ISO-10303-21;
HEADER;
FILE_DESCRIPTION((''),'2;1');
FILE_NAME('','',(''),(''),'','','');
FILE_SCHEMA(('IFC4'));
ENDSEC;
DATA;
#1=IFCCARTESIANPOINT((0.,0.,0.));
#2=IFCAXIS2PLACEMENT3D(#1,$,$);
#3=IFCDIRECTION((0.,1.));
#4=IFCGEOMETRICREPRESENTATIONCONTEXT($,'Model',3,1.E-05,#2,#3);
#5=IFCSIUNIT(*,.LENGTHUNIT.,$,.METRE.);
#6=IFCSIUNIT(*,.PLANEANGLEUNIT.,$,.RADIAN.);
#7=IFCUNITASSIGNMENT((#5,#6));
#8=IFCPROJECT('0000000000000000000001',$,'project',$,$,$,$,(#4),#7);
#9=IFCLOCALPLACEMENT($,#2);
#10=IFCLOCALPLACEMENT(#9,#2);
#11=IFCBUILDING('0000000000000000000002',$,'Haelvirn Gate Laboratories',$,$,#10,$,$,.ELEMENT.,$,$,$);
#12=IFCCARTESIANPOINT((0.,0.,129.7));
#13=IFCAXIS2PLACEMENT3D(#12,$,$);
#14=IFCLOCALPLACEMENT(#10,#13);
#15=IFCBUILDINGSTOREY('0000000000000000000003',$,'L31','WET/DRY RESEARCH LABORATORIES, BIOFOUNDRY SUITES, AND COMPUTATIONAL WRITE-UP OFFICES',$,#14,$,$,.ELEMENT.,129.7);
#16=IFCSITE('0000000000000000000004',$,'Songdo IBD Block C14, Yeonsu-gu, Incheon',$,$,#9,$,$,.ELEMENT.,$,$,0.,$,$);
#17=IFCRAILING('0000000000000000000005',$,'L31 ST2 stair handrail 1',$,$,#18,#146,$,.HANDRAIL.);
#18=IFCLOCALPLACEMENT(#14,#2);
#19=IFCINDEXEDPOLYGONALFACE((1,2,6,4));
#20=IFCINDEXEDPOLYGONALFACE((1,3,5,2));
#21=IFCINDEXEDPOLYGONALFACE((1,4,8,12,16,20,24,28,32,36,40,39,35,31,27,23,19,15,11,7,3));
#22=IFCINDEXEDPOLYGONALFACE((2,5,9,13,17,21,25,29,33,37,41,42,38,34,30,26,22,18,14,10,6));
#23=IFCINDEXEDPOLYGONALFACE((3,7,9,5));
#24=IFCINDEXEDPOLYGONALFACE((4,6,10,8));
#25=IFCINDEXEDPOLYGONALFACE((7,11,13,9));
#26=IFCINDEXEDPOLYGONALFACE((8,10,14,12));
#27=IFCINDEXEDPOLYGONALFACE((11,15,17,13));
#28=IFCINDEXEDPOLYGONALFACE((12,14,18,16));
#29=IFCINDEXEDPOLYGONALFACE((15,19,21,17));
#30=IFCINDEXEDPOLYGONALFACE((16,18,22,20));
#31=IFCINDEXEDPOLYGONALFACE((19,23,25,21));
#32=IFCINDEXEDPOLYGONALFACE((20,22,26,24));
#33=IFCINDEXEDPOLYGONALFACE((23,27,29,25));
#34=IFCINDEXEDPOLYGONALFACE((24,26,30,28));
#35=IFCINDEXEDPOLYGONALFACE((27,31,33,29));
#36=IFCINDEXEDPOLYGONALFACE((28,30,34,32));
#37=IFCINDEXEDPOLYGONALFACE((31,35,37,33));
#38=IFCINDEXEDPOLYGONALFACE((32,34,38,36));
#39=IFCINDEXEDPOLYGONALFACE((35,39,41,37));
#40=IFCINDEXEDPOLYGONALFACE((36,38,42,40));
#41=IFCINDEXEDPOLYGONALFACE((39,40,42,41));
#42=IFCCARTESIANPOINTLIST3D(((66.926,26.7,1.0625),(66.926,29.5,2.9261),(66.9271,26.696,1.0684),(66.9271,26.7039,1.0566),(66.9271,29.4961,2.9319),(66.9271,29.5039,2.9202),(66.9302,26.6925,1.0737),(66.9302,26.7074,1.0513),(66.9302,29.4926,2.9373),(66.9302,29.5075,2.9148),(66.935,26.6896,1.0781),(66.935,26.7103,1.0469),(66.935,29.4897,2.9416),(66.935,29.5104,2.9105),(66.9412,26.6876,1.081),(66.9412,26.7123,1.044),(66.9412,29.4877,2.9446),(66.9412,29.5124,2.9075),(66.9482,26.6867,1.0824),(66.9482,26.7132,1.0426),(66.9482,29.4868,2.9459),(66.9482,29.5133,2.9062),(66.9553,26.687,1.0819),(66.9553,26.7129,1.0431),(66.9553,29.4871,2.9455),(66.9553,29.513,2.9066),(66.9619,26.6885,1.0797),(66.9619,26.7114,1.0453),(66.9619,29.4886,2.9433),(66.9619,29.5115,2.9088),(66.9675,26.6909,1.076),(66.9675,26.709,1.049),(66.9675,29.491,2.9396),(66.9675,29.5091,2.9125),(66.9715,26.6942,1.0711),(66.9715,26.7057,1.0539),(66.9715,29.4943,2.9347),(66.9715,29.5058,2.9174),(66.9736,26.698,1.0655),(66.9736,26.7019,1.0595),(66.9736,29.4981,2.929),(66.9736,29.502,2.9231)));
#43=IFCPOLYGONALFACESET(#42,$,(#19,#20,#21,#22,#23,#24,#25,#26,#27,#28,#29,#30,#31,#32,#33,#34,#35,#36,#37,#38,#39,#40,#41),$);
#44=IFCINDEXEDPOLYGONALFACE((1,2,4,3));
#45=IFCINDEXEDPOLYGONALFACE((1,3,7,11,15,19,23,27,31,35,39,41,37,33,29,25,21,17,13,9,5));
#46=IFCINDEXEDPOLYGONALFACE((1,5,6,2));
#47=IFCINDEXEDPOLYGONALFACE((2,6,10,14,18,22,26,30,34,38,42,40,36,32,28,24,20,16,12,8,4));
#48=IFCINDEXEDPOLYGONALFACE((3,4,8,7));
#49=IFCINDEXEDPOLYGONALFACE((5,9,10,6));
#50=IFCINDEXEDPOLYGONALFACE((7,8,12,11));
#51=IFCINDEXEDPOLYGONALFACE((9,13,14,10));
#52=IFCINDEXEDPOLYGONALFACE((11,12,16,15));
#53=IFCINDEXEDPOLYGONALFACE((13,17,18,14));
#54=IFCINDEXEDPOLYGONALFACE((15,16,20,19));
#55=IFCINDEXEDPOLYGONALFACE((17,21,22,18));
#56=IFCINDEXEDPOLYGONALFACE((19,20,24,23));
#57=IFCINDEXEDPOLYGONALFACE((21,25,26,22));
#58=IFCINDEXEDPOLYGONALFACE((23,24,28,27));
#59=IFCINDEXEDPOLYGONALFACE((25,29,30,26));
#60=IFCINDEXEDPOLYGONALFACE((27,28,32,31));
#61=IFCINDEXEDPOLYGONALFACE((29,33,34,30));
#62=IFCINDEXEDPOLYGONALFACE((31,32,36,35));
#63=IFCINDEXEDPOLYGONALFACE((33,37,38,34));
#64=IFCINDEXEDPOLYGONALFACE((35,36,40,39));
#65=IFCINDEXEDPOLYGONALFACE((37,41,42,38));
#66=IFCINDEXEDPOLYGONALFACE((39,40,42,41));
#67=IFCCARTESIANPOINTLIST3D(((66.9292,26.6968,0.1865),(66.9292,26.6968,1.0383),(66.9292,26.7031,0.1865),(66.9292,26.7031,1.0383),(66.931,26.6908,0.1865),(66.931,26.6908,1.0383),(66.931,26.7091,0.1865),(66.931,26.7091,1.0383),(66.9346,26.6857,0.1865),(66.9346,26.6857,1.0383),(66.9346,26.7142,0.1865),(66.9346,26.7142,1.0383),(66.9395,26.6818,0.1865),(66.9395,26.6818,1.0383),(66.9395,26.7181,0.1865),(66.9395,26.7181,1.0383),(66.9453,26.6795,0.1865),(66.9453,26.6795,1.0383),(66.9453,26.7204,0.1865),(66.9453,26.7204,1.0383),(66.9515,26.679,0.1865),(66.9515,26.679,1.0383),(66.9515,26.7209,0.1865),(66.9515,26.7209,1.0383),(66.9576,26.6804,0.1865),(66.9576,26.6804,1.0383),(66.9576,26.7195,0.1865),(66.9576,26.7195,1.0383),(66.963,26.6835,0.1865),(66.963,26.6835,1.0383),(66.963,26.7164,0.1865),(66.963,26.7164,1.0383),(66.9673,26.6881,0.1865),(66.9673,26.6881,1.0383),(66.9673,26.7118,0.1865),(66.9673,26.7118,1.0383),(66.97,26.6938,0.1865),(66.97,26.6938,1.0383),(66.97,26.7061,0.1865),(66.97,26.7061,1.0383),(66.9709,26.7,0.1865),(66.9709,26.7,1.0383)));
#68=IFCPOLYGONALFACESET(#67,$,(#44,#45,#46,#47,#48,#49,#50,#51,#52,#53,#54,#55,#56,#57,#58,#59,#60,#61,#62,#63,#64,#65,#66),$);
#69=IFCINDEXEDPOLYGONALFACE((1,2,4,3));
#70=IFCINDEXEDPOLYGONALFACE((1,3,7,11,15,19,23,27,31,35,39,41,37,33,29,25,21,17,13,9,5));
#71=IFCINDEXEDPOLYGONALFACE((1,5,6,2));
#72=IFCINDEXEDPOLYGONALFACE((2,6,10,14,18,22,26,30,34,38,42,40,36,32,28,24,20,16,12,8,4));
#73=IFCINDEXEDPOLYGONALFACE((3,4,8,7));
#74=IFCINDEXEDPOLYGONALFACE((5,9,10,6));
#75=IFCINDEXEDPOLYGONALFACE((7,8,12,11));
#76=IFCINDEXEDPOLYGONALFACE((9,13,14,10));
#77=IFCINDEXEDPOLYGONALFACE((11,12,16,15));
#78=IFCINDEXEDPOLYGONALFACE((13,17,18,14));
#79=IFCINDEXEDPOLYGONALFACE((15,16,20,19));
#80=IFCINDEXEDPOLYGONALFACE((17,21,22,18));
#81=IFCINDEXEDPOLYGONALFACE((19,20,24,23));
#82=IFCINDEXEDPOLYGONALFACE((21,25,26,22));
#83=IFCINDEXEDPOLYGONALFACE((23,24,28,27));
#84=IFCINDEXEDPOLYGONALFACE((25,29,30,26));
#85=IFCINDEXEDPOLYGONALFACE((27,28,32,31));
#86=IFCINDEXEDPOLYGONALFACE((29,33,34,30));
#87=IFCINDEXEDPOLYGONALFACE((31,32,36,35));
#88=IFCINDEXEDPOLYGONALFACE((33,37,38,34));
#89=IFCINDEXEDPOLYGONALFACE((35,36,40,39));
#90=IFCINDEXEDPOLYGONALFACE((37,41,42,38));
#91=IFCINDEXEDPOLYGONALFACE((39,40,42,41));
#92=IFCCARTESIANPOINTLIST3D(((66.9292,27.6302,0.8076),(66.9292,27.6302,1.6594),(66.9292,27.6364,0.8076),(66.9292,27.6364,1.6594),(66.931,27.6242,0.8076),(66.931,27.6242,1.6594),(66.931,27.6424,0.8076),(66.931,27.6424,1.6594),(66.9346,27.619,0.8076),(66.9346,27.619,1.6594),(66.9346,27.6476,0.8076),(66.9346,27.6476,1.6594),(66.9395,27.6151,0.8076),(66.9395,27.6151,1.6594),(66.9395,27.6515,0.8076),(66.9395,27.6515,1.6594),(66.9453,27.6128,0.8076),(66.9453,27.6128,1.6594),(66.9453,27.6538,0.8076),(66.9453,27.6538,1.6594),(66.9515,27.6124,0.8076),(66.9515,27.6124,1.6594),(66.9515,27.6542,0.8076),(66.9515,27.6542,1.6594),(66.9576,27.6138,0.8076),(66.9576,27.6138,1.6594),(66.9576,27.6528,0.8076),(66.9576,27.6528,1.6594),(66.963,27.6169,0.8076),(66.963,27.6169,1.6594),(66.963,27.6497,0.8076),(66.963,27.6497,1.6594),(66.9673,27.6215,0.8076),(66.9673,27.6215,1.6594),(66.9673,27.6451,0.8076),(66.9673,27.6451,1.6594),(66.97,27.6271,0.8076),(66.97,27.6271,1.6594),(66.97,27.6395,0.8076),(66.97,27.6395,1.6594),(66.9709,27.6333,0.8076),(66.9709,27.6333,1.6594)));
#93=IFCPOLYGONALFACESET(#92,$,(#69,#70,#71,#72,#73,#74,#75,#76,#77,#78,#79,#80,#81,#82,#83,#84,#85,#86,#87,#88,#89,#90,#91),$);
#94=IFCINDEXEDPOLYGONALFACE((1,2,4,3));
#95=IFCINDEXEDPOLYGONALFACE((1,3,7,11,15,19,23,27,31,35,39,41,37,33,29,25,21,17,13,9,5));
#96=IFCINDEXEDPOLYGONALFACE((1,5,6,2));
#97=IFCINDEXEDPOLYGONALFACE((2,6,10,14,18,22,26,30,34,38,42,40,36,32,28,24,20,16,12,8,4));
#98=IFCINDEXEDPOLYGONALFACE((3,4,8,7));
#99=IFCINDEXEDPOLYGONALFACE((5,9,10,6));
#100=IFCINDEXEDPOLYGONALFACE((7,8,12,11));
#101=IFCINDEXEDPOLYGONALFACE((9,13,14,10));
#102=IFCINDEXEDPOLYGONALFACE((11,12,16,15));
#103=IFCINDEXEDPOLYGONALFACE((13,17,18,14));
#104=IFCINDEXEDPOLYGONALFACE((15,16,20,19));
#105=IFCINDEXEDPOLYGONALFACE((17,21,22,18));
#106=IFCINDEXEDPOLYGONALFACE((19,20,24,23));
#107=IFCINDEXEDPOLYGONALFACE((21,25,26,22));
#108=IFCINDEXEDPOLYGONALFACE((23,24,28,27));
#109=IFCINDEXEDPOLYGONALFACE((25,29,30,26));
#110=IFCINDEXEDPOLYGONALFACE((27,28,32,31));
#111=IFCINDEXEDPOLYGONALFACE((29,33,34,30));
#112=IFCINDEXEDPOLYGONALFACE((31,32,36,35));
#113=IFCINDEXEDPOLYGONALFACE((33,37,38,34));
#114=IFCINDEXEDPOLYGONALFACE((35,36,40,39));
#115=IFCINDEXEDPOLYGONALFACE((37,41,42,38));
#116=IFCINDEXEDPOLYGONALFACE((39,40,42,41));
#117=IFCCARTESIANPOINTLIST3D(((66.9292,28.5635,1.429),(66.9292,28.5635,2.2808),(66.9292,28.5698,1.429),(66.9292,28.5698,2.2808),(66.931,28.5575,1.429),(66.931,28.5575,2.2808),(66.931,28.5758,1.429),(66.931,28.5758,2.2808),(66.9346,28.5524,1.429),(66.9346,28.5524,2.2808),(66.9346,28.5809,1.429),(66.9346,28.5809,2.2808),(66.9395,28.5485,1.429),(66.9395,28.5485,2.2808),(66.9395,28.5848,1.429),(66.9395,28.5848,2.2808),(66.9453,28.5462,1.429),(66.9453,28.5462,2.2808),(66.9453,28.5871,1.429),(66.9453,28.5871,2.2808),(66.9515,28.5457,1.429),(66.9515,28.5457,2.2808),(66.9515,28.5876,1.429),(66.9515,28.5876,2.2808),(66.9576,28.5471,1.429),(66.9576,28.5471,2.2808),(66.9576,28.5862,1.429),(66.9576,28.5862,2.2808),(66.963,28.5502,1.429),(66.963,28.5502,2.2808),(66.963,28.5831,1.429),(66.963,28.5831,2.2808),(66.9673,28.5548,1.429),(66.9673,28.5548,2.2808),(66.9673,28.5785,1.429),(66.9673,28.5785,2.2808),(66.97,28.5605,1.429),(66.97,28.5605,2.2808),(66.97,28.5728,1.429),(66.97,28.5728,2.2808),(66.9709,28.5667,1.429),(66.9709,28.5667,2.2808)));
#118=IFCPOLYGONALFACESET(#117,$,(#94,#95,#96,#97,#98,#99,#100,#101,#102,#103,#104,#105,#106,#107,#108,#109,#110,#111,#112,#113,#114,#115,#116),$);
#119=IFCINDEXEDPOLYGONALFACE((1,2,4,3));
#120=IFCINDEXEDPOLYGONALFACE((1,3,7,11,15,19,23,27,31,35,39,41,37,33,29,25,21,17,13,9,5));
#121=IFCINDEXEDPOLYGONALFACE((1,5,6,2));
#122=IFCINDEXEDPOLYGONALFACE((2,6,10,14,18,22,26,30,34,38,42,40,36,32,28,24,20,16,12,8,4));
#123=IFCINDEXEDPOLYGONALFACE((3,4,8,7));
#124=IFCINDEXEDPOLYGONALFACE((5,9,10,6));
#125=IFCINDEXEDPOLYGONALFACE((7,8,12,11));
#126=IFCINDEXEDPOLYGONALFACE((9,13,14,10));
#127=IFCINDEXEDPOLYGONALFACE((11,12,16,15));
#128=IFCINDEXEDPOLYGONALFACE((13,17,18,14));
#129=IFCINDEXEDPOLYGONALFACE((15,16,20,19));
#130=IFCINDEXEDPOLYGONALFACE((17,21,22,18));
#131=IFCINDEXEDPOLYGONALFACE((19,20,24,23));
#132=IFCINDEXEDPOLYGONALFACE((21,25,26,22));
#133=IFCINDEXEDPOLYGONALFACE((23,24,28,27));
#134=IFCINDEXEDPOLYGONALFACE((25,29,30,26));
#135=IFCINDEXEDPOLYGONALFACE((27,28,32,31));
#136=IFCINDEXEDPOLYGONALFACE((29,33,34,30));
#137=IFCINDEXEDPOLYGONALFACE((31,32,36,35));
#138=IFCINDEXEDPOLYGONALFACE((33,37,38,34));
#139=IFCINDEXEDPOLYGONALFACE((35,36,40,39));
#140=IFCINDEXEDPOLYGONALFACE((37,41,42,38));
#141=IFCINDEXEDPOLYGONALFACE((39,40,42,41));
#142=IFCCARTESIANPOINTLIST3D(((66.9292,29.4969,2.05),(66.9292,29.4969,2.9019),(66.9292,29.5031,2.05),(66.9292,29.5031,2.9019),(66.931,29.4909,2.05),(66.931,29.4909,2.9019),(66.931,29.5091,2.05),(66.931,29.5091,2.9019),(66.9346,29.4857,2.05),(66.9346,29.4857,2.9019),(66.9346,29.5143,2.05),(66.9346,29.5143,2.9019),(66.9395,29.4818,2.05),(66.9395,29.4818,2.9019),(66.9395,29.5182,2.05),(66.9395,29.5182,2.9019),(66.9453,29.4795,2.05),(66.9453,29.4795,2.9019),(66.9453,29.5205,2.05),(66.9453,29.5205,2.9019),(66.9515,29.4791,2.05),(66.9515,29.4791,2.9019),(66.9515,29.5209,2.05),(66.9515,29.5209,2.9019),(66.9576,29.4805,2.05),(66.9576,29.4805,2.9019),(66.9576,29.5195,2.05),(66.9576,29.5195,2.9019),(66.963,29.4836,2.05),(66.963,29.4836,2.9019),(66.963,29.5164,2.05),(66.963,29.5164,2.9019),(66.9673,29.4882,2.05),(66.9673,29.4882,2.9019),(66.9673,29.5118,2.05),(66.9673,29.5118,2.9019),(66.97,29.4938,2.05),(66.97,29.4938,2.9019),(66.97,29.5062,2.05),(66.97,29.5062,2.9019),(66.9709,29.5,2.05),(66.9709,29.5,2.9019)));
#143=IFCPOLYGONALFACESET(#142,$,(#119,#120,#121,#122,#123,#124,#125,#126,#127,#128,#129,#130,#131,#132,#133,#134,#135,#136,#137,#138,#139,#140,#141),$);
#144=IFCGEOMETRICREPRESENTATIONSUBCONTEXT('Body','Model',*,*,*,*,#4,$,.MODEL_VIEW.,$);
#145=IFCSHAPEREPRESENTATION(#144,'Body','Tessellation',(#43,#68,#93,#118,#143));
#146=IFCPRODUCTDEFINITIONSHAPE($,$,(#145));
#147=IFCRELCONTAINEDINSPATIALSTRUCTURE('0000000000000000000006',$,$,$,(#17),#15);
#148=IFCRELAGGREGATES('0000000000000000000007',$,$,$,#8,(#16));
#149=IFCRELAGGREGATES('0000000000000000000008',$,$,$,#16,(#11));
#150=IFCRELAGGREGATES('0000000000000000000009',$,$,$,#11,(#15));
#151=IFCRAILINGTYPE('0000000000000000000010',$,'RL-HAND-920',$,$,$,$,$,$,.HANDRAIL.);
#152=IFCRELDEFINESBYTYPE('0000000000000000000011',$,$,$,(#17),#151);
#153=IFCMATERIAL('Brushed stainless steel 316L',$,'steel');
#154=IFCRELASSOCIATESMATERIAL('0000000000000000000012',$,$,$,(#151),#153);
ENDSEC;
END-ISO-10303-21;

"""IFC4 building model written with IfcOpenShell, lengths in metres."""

from ifc_helpers import new_model, si_unit, direction, frame, origin, origin_2d, place, context, subcontext, project, spatial, circle, extrude, source, transform, mapped, material, type_object, element, save


model = new_model("IFC4")

# Units and contexts
model_context = context("Model", 3, precision=1e-05, world=origin(), true_north=direction((0.0, 1.0)))
body_context = subcontext(model_context, "Body", "Model", "MODEL_VIEW")
ifc_project = project(units=[si_unit("LENGTHUNIT", "METRE"), si_unit("PLANEANGLEUNIT", "RADIAN")], contexts=[model_context])

# Site, building, storey
site_placement = place(None, origin())
site = spatial("IfcSite", under=ifc_project, at=site_placement, Name="Songdo IBD Block C14, Yeonsu-gu, Incheon", CompositionType="ELEMENT", RefElevation=0.0)
building_placement = place(site_placement, origin())
building = spatial("IfcBuilding", under=site, at=building_placement, Name="Haelvirn Gate Laboratories", CompositionType="ELEMENT")
storey_placement = place(building_placement, frame((0.0, 0.0, 129.7)))
storey = spatial("IfcBuildingStorey", under=building, at=storey_placement, Name="L31", Description="WET/DRY RESEARCH LABORATORIES, BIOFOUNDRY SUITES, AND COMPUTATIONAL WRITE-UP OFFICES", CompositionType="ELEMENT", Elevation=129.7)

# Railing
ifc_material_1 = material(Name="Brushed stainless steel 316L", Category="steel")
railing_type_1 = type_object("IfcRailingType", Name="RL-HAND-920", PredefinedType="HANDRAIL", material=ifc_material_1)
shared_shape_1 = source(origin(), body_context, "Body", "SweptSolid", [
    extrude(circle(Radius=0.0239, at=origin_2d()), frame((0.0, 0.0, 0.876), z_axis=(0.0, 0.832486, 0.554047), x_axis=(-1.0, 0.0, 0.0)), (0.0, 0.0, 1.0), 3.3635),
    extrude(circle(Radius=0.021, at=origin_2d()), origin(), (0.0, 0.0, 1.0), 0.8518),
    extrude(circle(Radius=0.021, at=origin_2d()), frame((0.0, 0.9333, 0.6211)), (0.0, 0.0, 1.0), 0.8518),
    extrude(circle(Radius=0.021, at=origin_2d()), frame((0.0, 1.8667, 1.2424)), (0.0, 0.0, 1.0), 0.8518),
    extrude(circle(Radius=0.021, at=origin_2d()), frame((0.0, 2.8, 1.8635)), (0.0, 0.0, 1.0), 0.8518),
])
railing_1_placement = place(storey_placement, frame((66.95, 26.7, 0.1865)))
element("IfcRailing", 1, at=railing_1_placement, inside=storey, type_object=railing_type_1, Name="L31 ST2 stair handrail 1", PredefinedType="HANDRAIL", context=body_context, shape_type="MappedRepresentation", body=[
    mapped(shared_shape_1, transform((0.0, 0.0, 0.0), scale=1.0)),
])

save(model, "model.ifc")
